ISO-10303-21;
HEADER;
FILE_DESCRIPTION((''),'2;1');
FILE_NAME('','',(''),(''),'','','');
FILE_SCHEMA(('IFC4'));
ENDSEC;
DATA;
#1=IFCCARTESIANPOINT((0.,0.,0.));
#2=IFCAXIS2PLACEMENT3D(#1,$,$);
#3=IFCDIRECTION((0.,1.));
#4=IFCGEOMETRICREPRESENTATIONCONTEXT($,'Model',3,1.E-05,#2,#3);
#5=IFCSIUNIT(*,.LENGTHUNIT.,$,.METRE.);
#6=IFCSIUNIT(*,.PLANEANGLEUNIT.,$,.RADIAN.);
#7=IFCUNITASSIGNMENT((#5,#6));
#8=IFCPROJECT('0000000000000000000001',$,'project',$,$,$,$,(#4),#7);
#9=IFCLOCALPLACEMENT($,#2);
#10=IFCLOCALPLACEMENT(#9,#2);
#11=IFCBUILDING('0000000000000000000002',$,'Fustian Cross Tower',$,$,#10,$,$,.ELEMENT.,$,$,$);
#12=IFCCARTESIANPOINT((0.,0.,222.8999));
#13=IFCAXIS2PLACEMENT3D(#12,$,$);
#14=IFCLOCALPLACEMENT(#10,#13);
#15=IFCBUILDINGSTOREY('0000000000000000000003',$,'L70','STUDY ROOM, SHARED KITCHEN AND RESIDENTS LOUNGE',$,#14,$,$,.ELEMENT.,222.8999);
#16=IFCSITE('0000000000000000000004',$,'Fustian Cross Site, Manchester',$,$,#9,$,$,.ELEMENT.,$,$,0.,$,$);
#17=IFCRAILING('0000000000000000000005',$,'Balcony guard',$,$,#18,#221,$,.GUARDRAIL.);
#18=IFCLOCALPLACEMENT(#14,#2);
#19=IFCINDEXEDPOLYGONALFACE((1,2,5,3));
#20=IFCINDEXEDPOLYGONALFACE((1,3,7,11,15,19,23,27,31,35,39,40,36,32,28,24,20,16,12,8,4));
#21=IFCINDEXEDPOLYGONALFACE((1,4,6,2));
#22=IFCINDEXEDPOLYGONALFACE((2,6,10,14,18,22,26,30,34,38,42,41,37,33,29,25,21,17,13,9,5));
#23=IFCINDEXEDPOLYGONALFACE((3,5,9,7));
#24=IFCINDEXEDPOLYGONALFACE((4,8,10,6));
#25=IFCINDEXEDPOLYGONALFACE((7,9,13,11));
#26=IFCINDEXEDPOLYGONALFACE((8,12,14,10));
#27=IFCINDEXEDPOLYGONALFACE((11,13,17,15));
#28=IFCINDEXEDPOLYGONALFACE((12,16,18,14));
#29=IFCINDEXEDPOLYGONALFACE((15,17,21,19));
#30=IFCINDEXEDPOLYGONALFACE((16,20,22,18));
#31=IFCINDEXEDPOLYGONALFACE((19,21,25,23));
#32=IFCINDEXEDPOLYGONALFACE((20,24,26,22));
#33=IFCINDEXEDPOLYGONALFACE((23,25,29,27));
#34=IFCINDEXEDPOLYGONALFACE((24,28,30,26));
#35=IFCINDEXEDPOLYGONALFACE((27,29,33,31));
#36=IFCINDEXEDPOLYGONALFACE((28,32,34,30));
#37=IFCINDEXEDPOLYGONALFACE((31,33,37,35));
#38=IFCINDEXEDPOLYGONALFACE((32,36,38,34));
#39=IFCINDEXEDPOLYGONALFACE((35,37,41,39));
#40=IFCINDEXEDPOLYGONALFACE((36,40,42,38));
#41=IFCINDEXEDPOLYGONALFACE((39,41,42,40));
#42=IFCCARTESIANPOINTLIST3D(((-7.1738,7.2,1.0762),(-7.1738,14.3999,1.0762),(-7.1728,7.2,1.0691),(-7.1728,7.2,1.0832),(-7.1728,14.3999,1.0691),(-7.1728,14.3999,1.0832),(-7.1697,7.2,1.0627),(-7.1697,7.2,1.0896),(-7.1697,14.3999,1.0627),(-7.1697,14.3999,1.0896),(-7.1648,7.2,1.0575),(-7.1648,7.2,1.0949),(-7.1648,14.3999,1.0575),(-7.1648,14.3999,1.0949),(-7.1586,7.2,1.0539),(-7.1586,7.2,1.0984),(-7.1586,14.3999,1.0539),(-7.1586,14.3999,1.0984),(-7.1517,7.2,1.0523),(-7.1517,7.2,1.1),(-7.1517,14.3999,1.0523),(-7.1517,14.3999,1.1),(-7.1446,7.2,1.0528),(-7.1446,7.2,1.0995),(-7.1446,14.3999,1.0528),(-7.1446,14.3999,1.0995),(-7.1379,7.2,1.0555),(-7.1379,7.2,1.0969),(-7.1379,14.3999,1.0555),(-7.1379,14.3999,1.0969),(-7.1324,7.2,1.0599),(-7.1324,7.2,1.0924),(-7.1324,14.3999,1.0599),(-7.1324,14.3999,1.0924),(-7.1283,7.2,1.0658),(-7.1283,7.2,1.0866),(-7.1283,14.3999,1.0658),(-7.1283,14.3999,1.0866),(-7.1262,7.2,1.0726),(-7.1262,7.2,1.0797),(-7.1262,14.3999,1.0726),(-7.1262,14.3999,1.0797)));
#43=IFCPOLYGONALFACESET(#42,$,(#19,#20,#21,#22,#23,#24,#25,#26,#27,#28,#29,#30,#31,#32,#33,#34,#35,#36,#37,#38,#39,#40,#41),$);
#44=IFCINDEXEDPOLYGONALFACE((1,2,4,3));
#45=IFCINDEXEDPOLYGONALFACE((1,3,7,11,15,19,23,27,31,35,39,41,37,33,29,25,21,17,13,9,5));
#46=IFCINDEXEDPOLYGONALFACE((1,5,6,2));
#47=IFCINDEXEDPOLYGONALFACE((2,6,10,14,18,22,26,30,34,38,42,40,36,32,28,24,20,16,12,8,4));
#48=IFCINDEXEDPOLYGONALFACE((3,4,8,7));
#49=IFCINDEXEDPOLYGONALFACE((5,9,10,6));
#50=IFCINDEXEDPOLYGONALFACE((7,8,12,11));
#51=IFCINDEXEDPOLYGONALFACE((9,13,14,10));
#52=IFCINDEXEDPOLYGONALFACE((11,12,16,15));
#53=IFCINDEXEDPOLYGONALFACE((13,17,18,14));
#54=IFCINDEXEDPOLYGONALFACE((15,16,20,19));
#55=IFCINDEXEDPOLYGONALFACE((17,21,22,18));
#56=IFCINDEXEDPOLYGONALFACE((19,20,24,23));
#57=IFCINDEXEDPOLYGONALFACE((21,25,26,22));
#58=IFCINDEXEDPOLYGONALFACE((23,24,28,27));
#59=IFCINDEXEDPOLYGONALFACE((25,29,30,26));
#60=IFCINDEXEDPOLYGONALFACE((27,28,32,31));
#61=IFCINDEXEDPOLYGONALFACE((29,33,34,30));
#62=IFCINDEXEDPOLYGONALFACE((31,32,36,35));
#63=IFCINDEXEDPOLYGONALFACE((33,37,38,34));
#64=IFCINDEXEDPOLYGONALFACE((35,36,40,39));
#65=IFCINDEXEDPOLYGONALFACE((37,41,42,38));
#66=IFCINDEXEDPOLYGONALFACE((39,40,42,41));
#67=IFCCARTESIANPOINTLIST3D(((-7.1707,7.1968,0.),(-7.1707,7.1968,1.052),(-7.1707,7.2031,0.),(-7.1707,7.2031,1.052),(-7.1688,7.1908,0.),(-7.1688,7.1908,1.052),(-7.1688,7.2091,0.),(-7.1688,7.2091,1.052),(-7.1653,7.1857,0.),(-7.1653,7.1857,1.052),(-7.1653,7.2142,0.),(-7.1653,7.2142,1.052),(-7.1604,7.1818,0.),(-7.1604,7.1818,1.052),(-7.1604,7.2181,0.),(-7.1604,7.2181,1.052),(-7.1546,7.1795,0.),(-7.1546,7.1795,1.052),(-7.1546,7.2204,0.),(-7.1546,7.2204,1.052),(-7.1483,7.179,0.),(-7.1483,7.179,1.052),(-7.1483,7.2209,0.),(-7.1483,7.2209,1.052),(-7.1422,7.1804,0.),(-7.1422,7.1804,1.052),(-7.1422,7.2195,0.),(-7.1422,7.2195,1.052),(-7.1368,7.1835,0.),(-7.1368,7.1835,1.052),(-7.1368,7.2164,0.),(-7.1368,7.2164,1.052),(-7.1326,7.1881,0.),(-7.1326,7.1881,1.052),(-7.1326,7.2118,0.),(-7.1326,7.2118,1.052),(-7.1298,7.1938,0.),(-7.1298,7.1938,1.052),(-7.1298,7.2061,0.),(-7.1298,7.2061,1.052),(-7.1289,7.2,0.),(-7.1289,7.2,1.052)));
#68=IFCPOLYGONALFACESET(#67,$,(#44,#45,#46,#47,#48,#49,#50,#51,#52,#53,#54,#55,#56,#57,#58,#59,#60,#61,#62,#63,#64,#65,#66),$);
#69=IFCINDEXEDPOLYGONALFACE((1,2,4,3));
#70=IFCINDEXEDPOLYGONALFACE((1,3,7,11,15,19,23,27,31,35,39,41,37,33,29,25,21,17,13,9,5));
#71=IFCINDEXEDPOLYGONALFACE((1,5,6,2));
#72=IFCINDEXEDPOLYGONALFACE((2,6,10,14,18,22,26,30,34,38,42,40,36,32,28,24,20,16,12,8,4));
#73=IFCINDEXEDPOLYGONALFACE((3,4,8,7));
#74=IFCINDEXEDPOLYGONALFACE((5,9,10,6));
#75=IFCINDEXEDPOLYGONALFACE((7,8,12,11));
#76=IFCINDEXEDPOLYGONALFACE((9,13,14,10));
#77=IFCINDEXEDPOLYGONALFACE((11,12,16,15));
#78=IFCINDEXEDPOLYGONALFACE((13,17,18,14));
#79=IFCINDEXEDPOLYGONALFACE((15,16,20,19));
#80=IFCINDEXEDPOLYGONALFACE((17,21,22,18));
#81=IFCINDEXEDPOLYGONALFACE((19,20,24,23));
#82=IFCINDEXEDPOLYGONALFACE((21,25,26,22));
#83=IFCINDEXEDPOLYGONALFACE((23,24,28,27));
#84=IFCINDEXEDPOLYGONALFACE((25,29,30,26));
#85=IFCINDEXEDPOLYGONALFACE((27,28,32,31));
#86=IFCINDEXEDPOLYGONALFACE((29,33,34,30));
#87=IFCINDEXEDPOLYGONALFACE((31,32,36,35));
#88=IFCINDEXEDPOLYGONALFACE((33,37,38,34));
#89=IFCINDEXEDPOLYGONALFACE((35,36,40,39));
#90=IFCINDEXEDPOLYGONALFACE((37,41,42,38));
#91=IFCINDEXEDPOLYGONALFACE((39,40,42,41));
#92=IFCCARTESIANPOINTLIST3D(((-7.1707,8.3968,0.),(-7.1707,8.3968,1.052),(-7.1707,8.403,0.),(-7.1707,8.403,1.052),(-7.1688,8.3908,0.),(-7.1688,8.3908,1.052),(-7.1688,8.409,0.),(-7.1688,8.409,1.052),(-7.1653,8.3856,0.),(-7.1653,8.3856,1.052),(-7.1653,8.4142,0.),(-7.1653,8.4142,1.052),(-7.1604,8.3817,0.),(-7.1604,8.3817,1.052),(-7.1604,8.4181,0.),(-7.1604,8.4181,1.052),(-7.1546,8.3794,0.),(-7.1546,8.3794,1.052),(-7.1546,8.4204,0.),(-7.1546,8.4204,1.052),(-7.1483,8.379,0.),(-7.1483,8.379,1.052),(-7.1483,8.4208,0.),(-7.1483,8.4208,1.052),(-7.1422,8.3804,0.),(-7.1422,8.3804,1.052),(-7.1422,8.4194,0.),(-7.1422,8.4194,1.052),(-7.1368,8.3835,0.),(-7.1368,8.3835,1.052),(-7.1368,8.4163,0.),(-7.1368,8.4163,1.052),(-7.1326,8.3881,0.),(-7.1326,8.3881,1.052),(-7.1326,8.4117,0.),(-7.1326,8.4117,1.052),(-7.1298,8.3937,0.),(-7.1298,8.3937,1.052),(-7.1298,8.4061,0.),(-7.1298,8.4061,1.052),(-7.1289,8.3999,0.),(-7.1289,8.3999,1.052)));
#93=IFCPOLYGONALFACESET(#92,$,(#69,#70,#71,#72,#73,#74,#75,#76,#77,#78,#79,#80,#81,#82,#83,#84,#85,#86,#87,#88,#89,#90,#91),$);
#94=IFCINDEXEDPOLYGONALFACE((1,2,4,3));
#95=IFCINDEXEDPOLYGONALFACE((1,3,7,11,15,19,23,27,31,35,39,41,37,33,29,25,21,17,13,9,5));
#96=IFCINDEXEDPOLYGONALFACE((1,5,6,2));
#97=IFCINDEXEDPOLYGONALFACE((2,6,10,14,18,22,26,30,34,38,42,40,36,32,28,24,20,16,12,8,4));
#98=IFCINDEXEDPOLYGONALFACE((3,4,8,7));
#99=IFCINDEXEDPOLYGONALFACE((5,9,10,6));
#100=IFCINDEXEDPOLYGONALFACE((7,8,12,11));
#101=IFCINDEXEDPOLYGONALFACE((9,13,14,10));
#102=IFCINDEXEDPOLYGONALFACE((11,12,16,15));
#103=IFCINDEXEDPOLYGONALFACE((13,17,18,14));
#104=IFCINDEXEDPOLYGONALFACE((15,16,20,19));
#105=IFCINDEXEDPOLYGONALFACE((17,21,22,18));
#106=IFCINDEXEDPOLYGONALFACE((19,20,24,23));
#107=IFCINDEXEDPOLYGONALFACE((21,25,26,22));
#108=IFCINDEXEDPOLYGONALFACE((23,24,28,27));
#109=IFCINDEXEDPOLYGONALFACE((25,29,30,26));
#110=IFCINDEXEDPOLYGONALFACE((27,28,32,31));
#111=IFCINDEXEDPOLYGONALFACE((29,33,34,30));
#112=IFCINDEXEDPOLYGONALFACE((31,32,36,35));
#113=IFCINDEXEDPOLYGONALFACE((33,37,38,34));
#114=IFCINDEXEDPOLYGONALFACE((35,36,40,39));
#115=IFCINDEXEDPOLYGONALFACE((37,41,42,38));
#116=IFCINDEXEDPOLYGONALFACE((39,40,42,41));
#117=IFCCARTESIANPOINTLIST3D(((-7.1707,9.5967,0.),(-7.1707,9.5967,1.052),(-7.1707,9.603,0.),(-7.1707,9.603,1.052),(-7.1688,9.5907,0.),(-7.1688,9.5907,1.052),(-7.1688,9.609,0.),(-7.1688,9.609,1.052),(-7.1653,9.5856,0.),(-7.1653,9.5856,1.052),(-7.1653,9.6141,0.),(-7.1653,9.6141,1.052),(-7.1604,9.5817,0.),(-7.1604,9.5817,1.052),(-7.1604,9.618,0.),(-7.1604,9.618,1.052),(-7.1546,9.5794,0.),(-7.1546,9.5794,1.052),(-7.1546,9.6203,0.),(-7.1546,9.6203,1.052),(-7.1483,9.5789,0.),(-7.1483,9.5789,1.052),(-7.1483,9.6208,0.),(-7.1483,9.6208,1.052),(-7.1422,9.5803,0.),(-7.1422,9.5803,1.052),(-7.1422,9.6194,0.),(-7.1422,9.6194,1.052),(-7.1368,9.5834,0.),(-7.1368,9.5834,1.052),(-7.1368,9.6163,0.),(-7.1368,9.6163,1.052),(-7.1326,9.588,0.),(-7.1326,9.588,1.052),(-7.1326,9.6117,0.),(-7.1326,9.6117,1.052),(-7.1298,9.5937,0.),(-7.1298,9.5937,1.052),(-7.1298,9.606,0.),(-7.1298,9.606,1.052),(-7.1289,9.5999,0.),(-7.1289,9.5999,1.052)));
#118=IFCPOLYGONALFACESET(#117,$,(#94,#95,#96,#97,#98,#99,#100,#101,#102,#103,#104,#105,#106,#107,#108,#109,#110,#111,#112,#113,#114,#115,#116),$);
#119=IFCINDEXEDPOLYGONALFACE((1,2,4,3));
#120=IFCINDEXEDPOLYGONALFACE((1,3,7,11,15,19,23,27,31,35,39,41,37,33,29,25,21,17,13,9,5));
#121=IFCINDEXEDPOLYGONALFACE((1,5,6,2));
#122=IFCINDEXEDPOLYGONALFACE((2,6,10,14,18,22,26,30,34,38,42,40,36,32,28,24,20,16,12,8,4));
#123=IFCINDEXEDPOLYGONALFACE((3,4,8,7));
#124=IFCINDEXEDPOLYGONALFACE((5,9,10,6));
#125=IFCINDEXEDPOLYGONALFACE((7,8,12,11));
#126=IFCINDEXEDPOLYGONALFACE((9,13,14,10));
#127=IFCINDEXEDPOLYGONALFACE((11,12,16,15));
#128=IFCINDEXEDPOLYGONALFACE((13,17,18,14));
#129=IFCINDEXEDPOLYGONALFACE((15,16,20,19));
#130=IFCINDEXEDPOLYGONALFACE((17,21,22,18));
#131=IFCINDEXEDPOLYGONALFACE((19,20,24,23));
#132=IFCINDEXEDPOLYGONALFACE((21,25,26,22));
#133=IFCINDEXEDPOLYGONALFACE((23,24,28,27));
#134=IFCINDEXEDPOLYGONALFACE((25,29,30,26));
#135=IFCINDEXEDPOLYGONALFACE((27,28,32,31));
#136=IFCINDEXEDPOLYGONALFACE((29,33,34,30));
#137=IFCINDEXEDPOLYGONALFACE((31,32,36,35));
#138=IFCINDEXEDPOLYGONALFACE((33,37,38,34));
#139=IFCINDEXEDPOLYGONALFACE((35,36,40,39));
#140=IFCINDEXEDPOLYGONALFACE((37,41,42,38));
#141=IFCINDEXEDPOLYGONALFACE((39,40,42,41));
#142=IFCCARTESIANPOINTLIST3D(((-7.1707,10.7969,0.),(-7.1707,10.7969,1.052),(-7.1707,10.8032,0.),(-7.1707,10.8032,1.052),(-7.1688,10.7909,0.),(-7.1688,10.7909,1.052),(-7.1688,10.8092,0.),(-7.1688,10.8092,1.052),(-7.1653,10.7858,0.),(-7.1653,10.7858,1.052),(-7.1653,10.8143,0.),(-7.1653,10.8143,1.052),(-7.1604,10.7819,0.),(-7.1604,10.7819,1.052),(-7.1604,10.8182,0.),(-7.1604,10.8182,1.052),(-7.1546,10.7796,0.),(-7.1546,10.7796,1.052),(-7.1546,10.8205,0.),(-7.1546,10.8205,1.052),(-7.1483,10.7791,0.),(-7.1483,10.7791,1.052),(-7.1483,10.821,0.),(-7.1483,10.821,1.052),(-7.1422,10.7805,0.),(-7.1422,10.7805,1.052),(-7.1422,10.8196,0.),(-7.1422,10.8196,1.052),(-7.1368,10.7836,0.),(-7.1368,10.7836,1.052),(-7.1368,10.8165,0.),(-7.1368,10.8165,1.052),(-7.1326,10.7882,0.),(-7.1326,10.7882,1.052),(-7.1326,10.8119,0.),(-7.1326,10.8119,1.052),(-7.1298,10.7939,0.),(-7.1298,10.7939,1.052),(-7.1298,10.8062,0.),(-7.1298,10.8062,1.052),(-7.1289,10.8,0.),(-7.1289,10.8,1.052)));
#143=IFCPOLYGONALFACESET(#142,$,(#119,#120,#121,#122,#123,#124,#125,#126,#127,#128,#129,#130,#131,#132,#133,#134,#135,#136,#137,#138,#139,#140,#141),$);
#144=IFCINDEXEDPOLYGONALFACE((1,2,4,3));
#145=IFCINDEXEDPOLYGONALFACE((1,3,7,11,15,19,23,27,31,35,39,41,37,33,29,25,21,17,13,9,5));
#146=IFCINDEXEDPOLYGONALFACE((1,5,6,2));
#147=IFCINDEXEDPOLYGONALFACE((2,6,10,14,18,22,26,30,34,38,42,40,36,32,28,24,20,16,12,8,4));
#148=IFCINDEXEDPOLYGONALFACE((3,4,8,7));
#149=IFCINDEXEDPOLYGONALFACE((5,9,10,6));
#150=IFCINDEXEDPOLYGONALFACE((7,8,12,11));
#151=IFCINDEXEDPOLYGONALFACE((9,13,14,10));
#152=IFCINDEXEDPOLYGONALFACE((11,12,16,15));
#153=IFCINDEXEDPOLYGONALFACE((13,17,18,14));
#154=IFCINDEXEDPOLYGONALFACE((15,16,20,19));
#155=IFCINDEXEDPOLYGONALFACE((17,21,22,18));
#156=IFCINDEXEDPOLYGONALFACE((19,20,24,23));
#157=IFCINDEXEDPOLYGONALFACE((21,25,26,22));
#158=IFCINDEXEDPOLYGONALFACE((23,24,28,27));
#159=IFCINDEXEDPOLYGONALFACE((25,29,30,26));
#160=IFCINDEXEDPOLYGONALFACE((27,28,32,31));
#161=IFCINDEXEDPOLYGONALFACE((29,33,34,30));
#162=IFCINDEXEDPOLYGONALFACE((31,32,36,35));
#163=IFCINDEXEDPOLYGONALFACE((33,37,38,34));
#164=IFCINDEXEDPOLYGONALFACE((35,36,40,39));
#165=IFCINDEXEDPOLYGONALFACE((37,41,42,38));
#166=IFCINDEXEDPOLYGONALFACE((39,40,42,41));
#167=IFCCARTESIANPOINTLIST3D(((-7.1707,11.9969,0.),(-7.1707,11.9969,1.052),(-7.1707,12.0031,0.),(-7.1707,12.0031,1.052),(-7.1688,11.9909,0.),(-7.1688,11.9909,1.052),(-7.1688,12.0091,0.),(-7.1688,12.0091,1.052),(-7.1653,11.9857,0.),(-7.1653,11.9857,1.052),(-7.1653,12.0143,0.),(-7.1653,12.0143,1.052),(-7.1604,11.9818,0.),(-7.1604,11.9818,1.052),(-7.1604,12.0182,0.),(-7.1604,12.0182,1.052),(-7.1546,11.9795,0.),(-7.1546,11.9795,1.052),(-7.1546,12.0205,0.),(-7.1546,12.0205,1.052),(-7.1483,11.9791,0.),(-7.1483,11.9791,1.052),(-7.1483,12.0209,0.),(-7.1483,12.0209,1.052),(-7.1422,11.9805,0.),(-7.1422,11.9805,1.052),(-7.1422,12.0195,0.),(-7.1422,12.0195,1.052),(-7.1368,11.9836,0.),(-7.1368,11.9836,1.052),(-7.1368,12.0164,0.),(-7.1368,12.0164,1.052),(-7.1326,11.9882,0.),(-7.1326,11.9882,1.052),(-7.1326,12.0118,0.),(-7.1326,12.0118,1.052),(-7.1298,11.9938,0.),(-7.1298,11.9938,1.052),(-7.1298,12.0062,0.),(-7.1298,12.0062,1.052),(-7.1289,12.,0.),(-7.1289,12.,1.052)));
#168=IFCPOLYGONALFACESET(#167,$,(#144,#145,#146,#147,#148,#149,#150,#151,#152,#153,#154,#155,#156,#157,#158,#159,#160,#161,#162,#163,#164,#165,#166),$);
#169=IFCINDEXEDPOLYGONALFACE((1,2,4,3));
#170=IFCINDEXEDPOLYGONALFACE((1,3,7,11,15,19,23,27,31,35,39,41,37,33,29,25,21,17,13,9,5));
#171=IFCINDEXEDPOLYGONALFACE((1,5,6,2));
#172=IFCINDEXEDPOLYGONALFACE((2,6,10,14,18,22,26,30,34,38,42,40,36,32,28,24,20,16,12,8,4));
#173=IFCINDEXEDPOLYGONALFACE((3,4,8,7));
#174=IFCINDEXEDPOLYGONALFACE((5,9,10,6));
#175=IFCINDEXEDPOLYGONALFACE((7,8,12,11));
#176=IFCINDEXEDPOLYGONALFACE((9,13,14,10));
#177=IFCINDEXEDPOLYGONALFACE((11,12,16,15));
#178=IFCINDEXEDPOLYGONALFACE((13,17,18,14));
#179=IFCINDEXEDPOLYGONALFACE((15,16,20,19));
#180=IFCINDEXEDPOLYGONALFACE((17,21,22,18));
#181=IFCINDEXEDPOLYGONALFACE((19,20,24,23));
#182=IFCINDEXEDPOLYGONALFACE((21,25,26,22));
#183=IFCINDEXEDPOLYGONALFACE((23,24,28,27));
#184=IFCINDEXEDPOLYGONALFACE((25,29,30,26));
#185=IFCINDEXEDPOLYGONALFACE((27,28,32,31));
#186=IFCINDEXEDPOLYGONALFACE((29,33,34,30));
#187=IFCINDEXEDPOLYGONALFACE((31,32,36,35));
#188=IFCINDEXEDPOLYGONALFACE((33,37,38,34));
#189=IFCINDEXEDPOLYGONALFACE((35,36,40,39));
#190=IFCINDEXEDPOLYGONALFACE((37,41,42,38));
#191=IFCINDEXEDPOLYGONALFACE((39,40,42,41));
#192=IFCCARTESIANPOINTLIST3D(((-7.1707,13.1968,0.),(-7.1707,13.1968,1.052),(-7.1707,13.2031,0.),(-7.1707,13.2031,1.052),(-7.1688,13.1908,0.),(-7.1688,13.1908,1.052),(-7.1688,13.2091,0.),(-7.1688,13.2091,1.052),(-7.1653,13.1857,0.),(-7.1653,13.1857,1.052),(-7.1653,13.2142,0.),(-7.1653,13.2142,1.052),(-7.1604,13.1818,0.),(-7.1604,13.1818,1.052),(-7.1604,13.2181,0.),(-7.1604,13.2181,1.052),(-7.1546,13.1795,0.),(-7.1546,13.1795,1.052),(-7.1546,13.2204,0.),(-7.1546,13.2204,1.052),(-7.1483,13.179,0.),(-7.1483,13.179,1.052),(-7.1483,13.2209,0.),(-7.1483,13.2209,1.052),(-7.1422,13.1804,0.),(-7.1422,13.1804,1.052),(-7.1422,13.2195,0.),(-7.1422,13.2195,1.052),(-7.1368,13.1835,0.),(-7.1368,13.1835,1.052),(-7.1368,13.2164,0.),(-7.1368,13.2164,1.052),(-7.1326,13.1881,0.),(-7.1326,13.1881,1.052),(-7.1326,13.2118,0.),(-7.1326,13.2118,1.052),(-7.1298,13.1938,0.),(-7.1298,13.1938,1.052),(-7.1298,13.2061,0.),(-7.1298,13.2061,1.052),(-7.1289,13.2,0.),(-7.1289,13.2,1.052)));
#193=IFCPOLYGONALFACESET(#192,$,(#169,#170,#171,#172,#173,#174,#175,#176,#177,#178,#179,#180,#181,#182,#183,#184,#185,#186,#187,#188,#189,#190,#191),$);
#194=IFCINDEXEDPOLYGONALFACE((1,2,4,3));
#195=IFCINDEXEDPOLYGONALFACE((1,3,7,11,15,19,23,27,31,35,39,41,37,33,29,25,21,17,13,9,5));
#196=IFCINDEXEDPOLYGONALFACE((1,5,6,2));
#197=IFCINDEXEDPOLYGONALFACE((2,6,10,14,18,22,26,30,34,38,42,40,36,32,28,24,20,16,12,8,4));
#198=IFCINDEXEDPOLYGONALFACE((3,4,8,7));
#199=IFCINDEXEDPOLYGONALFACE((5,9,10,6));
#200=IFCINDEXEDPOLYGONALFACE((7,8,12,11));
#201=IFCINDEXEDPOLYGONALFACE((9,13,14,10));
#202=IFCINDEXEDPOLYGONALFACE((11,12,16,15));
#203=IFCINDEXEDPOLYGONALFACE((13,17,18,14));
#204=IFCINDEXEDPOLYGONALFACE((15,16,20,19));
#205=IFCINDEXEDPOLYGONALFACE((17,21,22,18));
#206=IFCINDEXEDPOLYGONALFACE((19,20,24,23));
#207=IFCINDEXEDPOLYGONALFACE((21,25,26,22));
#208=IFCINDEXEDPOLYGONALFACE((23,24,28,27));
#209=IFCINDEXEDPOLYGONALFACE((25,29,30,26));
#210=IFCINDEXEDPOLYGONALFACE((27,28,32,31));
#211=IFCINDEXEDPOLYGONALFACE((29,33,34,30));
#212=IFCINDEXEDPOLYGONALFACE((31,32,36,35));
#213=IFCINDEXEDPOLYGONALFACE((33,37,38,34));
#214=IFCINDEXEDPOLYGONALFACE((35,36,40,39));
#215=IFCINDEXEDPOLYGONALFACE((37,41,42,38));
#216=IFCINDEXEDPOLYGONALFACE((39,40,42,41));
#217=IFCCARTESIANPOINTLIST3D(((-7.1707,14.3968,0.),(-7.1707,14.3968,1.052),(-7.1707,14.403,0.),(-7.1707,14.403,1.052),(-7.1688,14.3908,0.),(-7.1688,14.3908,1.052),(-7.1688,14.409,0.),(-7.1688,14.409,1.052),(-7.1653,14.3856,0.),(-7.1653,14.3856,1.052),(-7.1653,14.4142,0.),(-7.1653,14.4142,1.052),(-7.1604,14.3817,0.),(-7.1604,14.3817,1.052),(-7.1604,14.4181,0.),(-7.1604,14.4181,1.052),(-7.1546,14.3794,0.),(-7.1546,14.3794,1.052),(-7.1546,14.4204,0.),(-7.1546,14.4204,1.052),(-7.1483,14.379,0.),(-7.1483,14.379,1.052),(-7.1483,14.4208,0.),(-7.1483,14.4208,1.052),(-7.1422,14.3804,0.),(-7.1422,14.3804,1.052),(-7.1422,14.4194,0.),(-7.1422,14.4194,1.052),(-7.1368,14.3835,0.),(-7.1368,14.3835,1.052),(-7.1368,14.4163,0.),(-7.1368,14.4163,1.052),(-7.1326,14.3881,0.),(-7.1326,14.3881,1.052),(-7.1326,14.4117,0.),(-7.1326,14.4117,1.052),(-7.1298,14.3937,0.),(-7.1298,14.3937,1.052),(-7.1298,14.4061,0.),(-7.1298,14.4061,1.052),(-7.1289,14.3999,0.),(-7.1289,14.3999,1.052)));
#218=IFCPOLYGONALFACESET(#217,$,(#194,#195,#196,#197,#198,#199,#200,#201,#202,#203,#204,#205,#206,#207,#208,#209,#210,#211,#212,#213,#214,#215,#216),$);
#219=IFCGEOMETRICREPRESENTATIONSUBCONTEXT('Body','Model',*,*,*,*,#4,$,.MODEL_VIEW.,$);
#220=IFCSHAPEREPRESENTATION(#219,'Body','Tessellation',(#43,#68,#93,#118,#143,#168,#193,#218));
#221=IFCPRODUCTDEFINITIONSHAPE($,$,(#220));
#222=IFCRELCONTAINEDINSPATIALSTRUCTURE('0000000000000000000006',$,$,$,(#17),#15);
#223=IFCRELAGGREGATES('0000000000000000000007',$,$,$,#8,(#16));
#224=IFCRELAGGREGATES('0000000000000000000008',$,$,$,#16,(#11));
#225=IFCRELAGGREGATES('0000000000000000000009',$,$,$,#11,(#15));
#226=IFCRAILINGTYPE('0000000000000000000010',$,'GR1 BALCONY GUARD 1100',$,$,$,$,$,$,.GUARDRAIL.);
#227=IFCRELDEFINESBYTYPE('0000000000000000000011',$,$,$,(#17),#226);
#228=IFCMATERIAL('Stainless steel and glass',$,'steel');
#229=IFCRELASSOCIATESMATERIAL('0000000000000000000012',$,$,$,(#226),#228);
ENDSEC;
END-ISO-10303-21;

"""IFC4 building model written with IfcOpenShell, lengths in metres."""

from ifc_helpers import new_model, si_unit, direction, frame, origin, origin_2d, place, context, subcontext, project, spatial, circle, extrude, material, type_object, element, save


model = new_model("IFC4")

# Units and contexts
model_context = context("Model", 3, precision=1e-05, world=origin(), true_north=direction((0.0, 1.0)))
body_context = subcontext(model_context, "Body", "Model", "MODEL_VIEW")
ifc_project = project(units=[si_unit("LENGTHUNIT", "METRE"), si_unit("PLANEANGLEUNIT", "RADIAN")], contexts=[model_context])

# Site, building, storey
site_placement = place(None, origin())
site = spatial("IfcSite", under=ifc_project, at=site_placement, Name="Fustian Cross Site, Manchester", CompositionType="ELEMENT", RefElevation=0.0)
building_placement = place(site_placement, origin())
building = spatial("IfcBuilding", under=site, at=building_placement, Name="Fustian Cross Tower", CompositionType="ELEMENT")
storey_placement = place(building_placement, frame((0.0, 0.0, 222.8999)))
storey = spatial("IfcBuildingStorey", under=building, at=storey_placement, Name="L70", Description="STUDY ROOM, SHARED KITCHEN AND RESIDENTS LOUNGE", CompositionType="ELEMENT", Elevation=222.8999)

# Railing
ifc_material_1 = material(Name="Stainless steel and glass", Category="steel")
railing_type = type_object("IfcRailingType", Name="GR1 BALCONY GUARD 1100", PredefinedType="GUARDRAIL", material=ifc_material_1)
railing_placement = place(storey_placement, frame((-7.1499, 7.2, 0.0)))
element("IfcRailing", 1, at=railing_placement, inside=storey, type_object=railing_type, Name="Balcony guard", PredefinedType="GUARDRAIL", context=body_context, shape_type="SweptSolid", body=[
    extrude(circle(Radius=0.0239, at=origin_2d()), frame((0.0, 0.0, 1.0762), z_axis=(0.0, 1.0, 0.0), x_axis=(-1.0, 0.0, 0.0)), (0.0, 0.0, 1.0), 7.2),
    extrude(circle(Radius=0.021, at=origin_2d()), origin(), (0.0, 0.0, 1.0), 1.052),
    extrude(circle(Radius=0.021, at=origin_2d()), frame((0.0, 1.2, 0.0)), (0.0, 0.0, 1.0), 1.052),
    extrude(circle(Radius=0.021, at=origin_2d()), frame((0.0, 2.3999, 0.0)), (0.0, 0.0, 1.0), 1.052),
    extrude(circle(Radius=0.021, at=origin_2d()), frame((0.0, 3.6001, 0.0)), (0.0, 0.0, 1.0), 1.052),
    extrude(circle(Radius=0.021, at=origin_2d()), frame((0.0, 4.8, 0.0)), (0.0, 0.0, 1.0), 1.052),
    extrude(circle(Radius=0.021, at=origin_2d()), frame((0.0, 6.0, 0.0)), (0.0, 0.0, 1.0), 1.052),
    extrude(circle(Radius=0.021, at=origin_2d()), frame((0.0, 7.2, 0.0)), (0.0, 0.0, 1.0), 1.052),
])

save(model, "model.ifc")
